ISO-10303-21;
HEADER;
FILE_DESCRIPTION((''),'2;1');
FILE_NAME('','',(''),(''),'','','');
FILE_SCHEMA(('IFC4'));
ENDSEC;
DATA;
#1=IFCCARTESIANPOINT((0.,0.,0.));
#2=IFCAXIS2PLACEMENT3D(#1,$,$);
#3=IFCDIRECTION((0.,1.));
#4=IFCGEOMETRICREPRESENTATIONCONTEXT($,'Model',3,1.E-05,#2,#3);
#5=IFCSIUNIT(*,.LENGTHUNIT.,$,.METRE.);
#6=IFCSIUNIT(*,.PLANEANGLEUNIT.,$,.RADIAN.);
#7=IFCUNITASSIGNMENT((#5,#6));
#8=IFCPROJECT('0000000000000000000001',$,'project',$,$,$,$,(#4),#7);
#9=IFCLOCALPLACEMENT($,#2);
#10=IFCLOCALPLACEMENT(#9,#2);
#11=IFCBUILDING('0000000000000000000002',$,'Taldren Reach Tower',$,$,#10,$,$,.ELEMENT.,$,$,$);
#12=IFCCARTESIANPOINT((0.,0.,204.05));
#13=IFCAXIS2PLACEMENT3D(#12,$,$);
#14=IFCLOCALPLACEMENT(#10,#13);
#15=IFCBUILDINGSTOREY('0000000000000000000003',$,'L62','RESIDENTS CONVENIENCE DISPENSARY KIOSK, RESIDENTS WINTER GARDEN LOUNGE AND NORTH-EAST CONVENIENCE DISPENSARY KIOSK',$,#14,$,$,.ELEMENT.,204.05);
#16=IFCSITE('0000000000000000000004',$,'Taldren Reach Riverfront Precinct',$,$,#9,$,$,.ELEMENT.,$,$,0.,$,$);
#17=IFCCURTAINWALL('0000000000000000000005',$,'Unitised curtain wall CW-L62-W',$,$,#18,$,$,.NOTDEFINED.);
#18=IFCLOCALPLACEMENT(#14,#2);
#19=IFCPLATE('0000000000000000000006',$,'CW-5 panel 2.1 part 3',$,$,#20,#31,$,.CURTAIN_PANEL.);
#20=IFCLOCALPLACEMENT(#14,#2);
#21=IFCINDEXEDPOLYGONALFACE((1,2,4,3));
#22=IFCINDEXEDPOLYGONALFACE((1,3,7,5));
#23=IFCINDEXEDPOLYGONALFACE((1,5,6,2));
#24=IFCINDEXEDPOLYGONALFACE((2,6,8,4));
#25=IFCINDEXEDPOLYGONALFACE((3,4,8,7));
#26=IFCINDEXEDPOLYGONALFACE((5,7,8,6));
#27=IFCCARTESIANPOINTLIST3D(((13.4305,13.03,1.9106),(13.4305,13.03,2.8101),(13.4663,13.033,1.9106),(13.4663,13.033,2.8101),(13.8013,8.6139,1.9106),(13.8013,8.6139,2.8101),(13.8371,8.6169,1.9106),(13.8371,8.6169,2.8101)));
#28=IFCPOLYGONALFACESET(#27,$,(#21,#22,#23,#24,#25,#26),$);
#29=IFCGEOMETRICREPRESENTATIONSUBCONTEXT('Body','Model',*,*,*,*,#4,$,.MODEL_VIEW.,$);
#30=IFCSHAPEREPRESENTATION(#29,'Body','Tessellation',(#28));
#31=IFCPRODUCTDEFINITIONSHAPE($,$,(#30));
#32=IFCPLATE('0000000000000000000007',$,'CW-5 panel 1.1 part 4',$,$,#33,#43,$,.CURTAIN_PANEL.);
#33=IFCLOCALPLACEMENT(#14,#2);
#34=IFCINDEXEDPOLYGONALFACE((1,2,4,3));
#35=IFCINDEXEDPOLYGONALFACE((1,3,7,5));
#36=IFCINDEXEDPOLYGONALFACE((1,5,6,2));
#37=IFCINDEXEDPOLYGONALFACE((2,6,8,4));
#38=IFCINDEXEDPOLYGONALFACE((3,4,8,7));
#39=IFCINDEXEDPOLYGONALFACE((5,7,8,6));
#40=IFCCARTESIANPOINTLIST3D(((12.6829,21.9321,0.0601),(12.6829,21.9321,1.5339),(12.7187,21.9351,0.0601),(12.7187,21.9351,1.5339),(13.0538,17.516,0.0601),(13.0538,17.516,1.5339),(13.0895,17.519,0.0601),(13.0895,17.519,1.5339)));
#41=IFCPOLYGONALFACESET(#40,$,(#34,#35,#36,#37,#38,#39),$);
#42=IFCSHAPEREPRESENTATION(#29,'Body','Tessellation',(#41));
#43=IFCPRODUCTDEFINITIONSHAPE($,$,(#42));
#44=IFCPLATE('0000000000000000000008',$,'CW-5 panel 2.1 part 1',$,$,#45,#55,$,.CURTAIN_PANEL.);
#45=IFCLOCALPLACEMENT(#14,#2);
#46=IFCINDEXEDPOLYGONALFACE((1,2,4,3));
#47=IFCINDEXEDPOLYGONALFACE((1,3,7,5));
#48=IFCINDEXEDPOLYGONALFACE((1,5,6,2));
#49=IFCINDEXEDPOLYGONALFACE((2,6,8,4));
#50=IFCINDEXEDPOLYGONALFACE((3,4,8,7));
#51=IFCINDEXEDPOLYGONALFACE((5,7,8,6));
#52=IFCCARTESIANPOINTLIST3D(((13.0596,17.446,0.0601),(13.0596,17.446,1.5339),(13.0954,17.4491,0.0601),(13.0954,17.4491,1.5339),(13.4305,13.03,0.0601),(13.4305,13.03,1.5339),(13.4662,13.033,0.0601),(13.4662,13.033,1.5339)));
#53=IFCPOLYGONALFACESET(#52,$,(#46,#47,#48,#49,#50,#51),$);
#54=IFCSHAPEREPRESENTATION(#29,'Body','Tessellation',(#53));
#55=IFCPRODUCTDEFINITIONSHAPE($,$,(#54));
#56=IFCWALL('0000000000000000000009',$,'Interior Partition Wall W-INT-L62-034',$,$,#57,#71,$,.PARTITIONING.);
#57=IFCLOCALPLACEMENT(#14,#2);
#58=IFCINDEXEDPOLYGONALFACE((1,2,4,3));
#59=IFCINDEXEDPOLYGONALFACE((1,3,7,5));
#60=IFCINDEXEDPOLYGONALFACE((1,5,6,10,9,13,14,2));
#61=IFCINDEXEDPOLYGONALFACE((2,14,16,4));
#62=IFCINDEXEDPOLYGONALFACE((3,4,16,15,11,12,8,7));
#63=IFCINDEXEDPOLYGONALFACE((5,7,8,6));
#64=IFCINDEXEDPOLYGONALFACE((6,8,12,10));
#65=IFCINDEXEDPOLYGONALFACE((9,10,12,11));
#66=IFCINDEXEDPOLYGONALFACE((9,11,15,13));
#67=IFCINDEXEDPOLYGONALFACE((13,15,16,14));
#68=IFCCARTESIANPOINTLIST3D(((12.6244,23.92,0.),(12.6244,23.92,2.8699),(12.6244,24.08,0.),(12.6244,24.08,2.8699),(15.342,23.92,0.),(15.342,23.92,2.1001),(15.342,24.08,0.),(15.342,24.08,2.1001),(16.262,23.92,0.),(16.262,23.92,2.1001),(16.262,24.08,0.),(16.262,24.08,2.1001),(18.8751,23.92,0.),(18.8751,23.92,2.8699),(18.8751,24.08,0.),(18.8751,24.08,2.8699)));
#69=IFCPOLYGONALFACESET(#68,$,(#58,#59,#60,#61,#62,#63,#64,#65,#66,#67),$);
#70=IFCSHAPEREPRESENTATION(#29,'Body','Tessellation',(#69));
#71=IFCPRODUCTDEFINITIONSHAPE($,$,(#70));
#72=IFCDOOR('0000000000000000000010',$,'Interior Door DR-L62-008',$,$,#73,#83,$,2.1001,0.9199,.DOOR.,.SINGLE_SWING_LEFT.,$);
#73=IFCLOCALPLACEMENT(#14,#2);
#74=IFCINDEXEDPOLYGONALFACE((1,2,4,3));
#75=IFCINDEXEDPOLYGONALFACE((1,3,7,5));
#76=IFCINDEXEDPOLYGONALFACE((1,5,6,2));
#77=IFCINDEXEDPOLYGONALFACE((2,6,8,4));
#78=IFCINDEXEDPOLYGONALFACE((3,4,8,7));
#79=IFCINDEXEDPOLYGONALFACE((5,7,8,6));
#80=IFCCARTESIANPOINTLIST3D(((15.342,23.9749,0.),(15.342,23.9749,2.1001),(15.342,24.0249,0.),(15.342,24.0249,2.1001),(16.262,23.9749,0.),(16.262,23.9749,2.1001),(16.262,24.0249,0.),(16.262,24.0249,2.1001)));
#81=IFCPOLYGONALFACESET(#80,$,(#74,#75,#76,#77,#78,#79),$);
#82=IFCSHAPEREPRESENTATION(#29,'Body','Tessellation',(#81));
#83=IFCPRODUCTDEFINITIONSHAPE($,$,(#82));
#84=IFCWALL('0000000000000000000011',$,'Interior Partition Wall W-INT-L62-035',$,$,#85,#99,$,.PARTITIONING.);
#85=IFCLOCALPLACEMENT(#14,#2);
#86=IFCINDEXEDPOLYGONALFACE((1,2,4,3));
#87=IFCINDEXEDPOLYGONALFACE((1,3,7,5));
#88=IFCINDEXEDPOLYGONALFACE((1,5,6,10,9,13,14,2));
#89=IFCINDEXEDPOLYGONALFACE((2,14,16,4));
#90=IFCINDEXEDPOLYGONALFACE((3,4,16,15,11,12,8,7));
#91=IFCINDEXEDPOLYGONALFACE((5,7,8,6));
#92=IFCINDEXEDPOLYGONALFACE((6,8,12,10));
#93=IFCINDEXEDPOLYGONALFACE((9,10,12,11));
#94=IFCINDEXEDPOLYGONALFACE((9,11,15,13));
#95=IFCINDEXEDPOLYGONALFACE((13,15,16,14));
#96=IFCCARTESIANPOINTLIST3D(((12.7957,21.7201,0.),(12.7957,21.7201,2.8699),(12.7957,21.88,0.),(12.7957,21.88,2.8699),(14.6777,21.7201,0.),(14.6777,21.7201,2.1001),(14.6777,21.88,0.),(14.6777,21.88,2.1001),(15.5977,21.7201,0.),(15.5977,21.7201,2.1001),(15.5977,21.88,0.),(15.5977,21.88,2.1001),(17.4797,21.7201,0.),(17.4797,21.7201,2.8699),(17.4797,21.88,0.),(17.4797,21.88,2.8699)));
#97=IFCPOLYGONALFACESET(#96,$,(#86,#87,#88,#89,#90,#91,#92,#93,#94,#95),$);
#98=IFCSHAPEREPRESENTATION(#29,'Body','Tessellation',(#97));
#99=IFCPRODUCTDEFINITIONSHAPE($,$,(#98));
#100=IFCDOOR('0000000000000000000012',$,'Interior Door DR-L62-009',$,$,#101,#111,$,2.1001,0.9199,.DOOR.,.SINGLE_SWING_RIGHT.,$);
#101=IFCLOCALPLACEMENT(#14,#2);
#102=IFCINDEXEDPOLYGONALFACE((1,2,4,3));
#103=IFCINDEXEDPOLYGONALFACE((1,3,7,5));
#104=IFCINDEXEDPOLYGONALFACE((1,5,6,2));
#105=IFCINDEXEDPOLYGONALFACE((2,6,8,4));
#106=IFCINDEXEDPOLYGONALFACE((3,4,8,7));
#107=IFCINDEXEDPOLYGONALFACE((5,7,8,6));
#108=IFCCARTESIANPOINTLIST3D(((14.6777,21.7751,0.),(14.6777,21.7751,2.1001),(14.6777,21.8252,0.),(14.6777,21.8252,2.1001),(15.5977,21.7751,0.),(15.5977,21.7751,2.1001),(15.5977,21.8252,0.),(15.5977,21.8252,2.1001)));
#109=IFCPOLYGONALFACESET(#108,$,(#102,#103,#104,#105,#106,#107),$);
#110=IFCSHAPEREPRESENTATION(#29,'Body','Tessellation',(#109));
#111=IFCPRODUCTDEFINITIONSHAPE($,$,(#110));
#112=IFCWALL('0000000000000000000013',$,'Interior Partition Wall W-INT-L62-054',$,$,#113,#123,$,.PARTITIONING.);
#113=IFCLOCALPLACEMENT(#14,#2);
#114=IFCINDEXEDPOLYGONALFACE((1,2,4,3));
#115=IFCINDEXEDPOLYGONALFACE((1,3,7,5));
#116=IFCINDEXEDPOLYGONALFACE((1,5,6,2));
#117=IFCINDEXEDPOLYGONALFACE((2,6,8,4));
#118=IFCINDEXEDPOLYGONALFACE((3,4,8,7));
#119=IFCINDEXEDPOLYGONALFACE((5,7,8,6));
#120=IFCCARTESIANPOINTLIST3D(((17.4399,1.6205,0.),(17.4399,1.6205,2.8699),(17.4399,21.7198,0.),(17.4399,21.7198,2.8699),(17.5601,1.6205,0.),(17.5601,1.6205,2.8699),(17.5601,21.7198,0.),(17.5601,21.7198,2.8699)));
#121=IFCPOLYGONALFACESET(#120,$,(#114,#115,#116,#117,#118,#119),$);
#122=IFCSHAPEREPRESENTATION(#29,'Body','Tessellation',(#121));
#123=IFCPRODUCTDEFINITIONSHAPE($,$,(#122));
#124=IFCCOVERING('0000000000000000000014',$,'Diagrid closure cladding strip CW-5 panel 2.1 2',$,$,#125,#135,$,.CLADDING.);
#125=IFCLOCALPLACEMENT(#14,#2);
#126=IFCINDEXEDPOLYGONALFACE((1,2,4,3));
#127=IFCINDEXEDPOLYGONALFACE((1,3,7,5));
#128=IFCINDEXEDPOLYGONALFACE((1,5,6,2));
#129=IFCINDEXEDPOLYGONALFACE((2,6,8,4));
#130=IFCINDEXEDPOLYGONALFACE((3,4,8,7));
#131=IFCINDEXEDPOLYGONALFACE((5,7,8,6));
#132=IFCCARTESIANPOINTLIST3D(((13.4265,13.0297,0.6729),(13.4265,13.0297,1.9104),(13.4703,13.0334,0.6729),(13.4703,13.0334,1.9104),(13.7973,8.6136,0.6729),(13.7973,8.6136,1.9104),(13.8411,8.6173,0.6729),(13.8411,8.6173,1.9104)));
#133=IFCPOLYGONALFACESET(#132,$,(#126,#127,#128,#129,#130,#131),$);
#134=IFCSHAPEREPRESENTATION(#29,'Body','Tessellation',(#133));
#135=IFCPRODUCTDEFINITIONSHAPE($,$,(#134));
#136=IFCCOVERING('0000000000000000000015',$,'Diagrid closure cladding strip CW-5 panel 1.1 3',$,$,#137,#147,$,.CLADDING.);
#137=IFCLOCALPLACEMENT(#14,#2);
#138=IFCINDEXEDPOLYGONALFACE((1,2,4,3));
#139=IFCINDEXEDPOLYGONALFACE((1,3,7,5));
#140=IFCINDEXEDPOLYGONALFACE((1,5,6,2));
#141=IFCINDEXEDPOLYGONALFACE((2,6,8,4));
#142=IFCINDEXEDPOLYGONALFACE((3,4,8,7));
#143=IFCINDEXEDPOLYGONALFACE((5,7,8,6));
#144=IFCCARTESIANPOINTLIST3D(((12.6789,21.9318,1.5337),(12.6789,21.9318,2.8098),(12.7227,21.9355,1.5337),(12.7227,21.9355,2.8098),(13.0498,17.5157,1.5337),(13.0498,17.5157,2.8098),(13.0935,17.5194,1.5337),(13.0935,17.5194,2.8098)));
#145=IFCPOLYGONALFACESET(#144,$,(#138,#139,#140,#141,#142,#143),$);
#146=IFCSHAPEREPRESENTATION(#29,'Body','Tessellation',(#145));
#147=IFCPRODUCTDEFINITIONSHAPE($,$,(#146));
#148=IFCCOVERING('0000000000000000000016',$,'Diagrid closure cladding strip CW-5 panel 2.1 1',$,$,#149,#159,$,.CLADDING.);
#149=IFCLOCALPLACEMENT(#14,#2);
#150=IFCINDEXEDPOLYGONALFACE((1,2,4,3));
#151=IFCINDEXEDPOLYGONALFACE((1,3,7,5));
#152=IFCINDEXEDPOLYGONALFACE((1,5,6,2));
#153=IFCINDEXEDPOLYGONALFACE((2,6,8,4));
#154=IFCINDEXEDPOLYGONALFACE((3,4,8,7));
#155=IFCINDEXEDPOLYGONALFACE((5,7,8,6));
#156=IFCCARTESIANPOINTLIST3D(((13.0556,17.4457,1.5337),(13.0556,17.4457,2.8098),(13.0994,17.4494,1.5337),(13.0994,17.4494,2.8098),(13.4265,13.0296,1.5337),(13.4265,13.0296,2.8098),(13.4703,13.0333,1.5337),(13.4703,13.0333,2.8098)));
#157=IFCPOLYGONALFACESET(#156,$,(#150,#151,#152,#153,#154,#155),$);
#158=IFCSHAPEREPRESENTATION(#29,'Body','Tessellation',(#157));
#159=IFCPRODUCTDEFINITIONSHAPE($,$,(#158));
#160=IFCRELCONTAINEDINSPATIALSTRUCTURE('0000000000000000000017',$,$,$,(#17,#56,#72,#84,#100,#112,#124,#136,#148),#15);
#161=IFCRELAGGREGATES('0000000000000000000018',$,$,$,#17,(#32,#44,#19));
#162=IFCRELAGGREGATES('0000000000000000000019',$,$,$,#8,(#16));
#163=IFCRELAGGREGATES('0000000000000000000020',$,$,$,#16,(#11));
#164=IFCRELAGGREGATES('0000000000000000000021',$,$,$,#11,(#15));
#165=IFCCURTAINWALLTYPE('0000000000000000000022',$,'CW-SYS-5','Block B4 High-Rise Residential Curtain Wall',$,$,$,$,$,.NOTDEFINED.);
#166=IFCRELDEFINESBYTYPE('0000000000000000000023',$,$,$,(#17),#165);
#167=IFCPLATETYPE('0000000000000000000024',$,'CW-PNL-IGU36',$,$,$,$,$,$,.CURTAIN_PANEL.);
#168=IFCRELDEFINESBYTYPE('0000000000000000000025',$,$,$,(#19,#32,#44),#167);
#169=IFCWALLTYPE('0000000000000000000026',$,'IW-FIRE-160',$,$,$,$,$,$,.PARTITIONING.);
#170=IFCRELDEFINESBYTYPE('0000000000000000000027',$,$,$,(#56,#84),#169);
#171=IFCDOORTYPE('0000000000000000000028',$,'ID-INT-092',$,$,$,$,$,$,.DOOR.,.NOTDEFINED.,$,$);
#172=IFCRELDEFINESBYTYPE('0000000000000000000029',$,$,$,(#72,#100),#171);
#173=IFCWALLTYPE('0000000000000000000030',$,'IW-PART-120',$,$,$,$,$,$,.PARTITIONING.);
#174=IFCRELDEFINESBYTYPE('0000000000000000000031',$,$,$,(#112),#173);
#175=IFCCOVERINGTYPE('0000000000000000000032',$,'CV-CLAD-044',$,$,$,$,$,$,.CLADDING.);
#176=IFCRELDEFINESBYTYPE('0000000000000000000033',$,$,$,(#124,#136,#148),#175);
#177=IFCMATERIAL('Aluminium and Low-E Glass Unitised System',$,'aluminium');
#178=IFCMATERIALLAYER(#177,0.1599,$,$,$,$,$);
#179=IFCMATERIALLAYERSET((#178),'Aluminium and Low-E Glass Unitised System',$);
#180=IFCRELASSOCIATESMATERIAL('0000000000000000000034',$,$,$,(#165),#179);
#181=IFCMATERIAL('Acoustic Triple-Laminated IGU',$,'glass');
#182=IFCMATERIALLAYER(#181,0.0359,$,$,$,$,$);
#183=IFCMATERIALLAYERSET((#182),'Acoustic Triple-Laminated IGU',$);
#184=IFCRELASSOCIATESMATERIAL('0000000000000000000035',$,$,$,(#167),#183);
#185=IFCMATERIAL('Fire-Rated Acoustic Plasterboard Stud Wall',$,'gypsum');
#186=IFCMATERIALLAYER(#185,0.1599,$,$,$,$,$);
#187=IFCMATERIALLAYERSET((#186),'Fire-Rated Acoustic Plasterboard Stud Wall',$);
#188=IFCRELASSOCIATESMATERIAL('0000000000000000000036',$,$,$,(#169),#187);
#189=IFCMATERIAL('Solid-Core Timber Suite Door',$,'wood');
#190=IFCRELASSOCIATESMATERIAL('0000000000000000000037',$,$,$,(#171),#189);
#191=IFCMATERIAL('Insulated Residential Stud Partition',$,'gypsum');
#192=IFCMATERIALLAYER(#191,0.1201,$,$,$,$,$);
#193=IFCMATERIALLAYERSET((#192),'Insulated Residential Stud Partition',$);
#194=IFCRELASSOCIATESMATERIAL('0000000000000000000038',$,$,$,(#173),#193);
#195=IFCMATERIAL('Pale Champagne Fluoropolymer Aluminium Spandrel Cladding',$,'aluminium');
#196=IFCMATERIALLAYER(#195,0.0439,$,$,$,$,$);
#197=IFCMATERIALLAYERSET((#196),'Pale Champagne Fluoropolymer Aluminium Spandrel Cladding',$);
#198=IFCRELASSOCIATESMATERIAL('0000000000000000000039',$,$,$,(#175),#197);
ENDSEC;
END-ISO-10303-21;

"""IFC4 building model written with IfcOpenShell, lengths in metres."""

from ifc_helpers import new_model, si_unit, direction, frame, frame_2d, origin, origin_2d, place, context, subcontext, project, spatial, rectangle, extrude, source, transform, mapped, material, layer, layer_set, type_object, element, fill, aggregate, save


model = new_model("IFC4")

# Units and contexts
model_context = context("Model", 3, precision=1e-05, world=origin(), true_north=direction((0.0, 1.0)))
body_context = subcontext(model_context, "Body", "Model", "MODEL_VIEW")
ifc_project = project(units=[si_unit("LENGTHUNIT", "METRE"), si_unit("PLANEANGLEUNIT", "RADIAN")], contexts=[model_context])

# Site, building, storey
site_placement = place(None, origin())
site = spatial("IfcSite", under=ifc_project, at=site_placement, Name="Taldren Reach Riverfront Precinct", CompositionType="ELEMENT", RefElevation=0.0)
building_placement = place(site_placement, origin())
building = spatial("IfcBuilding", under=site, at=building_placement, Name="Taldren Reach Tower", CompositionType="ELEMENT")
storey_placement = place(building_placement, frame((0.0, 0.0, 204.05)))
storey = spatial("IfcBuildingStorey", under=building, at=storey_placement, Name="L62", Description="RESIDENTS CONVENIENCE DISPENSARY KIOSK, RESIDENTS WINTER GARDEN LOUNGE AND NORTH-EAST CONVENIENCE DISPENSARY KIOSK", CompositionType="ELEMENT", Elevation=204.05)

# Curtain wall
ifc_material_1 = material(Name="Aluminium and Low-E Glass Unitised System", Category="aluminium")
ifc_layer_1 = layer(ifc_material_1, 0.1599)
ifc_layer_set_1 = layer_set([ifc_layer_1], Name="Aluminium and Low-E Glass Unitised System")
curtain_wall_type = type_object("IfcCurtainWallType", Name="CW-SYS-5", Description="Block B4 High-Rise Residential Curtain Wall", PredefinedType="NOTDEFINED", material=ifc_layer_set_1)
curtain_wall_placement = place(storey_placement, origin())
curtain_wall = element("IfcCurtainWall", 1, at=curtain_wall_placement, inside=storey, type_object=curtain_wall_type, Name="Unitised curtain wall CW-L62-W", PredefinedType="NOTDEFINED")

# Plates
ifc_material_2 = material(Name="Acoustic Triple-Laminated IGU", Category="glass")
ifc_layer_2 = layer(ifc_material_2, 0.0359)
ifc_layer_set_2 = layer_set([ifc_layer_2], Name="Acoustic Triple-Laminated IGU")
plate_type_1 = type_object("IfcPlateType", Name="CW-PNL-IGU36", PredefinedType="CURTAIN_PANEL", material=ifc_layer_set_2)
shared_shape_1 = source(origin(), body_context, "Body", "SweptSolid", [
    extrude(rectangle(XDim=4.4316, YDim=0.0359, at=origin_2d()), origin(), (0.0, 0.0, 1.0), 0.8994),
])
plate_1_placement = place(storey_placement, frame((13.6338, 10.8235, 1.9106), z_axis=(0.0, 0.0, 1.0), x_axis=(0.083678, -0.996493, 0.0)))
plate_1 = element("IfcPlate", 2, at=plate_1_placement, type_object=plate_type_1, Name="CW-5 panel 2.1 part 3", PredefinedType="CURTAIN_PANEL", context=body_context, shape_type="MappedRepresentation", body=[
    mapped(shared_shape_1, transform((0.0, 0.0, 0.0), scale=1.0)),
])
shared_shape_2 = source(origin(), body_context, "Body", "SweptSolid", [
    extrude(rectangle(XDim=4.4316, YDim=0.0359, at=origin_2d()), origin(), (0.0, 0.0, 1.0), 1.4739),
])
plate_2_placement = place(storey_placement, frame((12.8862, 19.7256, 0.0601), z_axis=(0.0, 0.0, 1.0), x_axis=(0.083678, -0.996493, 0.0)))
plate_2 = element("IfcPlate", 3, at=plate_2_placement, type_object=plate_type_1, Name="CW-5 panel 1.1 part 4", PredefinedType="CURTAIN_PANEL", context=body_context, shape_type="MappedRepresentation", body=[
    mapped(shared_shape_2, transform((0.0, 0.0, 0.0), scale=1.0)),
])
plate_3_placement = place(storey_placement, frame((13.2629, 15.2395, 0.0601), z_axis=(0.0, 0.0, 1.0), x_axis=(0.083678, -0.996493, 0.0)))
plate_3 = element("IfcPlate", 4, at=plate_3_placement, type_object=plate_type_1, Name="CW-5 panel 2.1 part 1", PredefinedType="CURTAIN_PANEL", context=body_context, shape_type="MappedRepresentation", body=[
    mapped(shared_shape_2, transform((0.0, 0.0, 0.0), scale=1.0)),
])
aggregate(curtain_wall, [plate_2, plate_3, plate_1])

# Walls, openings, doors
ifc_material_3 = material(Name="Fire-Rated Acoustic Plasterboard Stud Wall", Category="gypsum")
ifc_layer_3 = layer(ifc_material_3, 0.1599)
ifc_layer_set_3 = layer_set([ifc_layer_3], Name="Fire-Rated Acoustic Plasterboard Stud Wall")
wall_type_1 = type_object("IfcWallType", Name="IW-FIRE-160", PredefinedType="PARTITIONING", material=ifc_layer_set_3)
shared_shape_3 = source(origin(), body_context, "Body", "SweptSolid", [
    extrude(rectangle(XDim=6.2507, YDim=0.1599, at=frame_2d((3.1255, 0.0))), origin(), (0.0, 0.0, 1.0), 2.8699),
])
wall_1_placement = place(storey_placement, frame((12.6243, 24.0, 0.0), z_axis=(0.0, 0.0, 1.0), x_axis=(1.0, 0.0, 0.0)))
wall_1 = element("IfcWall", 5, at=wall_1_placement, inside=storey, type_object=wall_type_1, Name="Interior Partition Wall W-INT-L62-034", PredefinedType="PARTITIONING", context=body_context, shape_type="MappedRepresentation", body=[
    mapped(shared_shape_3, transform((0.0, 0.0, 0.0), scale=1.0)),
])
shared_shape_4 = source(origin(), body_context, "Body", "SweptSolid", [
    extrude(rectangle(XDim=0.9199, YDim=2.1001, at=frame_2d((0.46, 1.05))), frame((0.0, 0.0898, 0.0), z_axis=(0.0, -1.0, 0.0), x_axis=(1.0, 0.0, 0.0)), (0.0, 0.0, 1.0), 0.1799),
])
opening_1_placement = place(wall_1_placement, frame((2.7178, 0.0, 0.0)))
opening_1 = element("IfcOpeningElement", 6, at=opening_1_placement, cuts=wall_1, PredefinedType="OPENING", context=body_context, shape_type="MappedRepresentation", body=[
    mapped(shared_shape_4, transform((0.0, 0.0, 0.0), scale=1.0)),
])
ifc_material_4 = material(Name="Solid-Core Timber Suite Door", Category="wood")
door_type = type_object("IfcDoorType", Name="ID-INT-092", OperationType="NOTDEFINED", PredefinedType="DOOR", material=ifc_material_4)
shared_shape_5 = source(origin(), body_context, "Body", "SweptSolid", [
    extrude(rectangle(XDim=0.9199, YDim=2.1001, at=frame_2d((0.46, 1.05))), frame((0.0, 0.0249, 0.0), z_axis=(0.0, -1.0, 0.0), x_axis=(1.0, 0.0, 0.0)), (0.0, 0.0, 1.0), 0.05),
])
door_1_placement = place(opening_1_placement, origin())
door_1 = element("IfcDoor", 7, at=door_1_placement, inside=storey, type_object=door_type, Name="Interior Door DR-L62-008", OperationType="SINGLE_SWING_LEFT", OverallHeight=2.1001, OverallWidth=0.9199, PredefinedType="DOOR", context=body_context, shape_type="MappedRepresentation", body=[
    mapped(shared_shape_5, transform((0.0, 0.0, 0.0), scale=1.0)),
])
fill(opening_1, door_1)
shared_shape_6 = source(origin(), body_context, "Body", "SweptSolid", [
    extrude(rectangle(XDim=4.6841, YDim=0.1599, at=frame_2d((2.342, 0.0))), origin(), (0.0, 0.0, 1.0), 2.8699),
])
wall_2_placement = place(storey_placement, frame((17.4797, 21.8, 0.0), z_axis=(0.0, 0.0, 1.0), x_axis=(-1.0, 0.0, 0.0)))
wall_2 = element("IfcWall", 8, at=wall_2_placement, inside=storey, type_object=wall_type_1, Name="Interior Partition Wall W-INT-L62-035", PredefinedType="PARTITIONING", context=body_context, shape_type="MappedRepresentation", body=[
    mapped(shared_shape_6, transform((0.0, 0.0, 0.0), scale=1.0)),
])
opening_2_placement = place(wall_2_placement, frame((1.8821, 0.0, 0.0)))
opening_2 = element("IfcOpeningElement", 9, at=opening_2_placement, cuts=wall_2, PredefinedType="OPENING", context=body_context, shape_type="MappedRepresentation", body=[
    mapped(shared_shape_4, transform((0.0, 0.0, 0.0), scale=1.0)),
])
door_2_placement = place(opening_2_placement, origin())
door_2 = element("IfcDoor", 10, at=door_2_placement, inside=storey, type_object=door_type, Name="Interior Door DR-L62-009", OperationType="SINGLE_SWING_RIGHT", OverallHeight=2.1001, OverallWidth=0.9199, PredefinedType="DOOR", context=body_context, shape_type="MappedRepresentation", body=[
    mapped(shared_shape_5, transform((0.0, 0.0, 0.0), scale=1.0)),
])
fill(opening_2, door_2)

# Wall
ifc_material_5 = material(Name="Insulated Residential Stud Partition", Category="gypsum")
ifc_layer_4 = layer(ifc_material_5, 0.1201)
ifc_layer_set_4 = layer_set([ifc_layer_4], Name="Insulated Residential Stud Partition")
wall_type_2 = type_object("IfcWallType", Name="IW-PART-120", PredefinedType="PARTITIONING", material=ifc_layer_set_4)
shared_shape_7 = source(origin(), body_context, "Body", "SweptSolid", [
    extrude(rectangle(XDim=20.0994, YDim=0.1201, at=frame_2d((10.0498, 0.0))), origin(), (0.0, 0.0, 1.0), 2.8699),
])
wall_3_placement = place(storey_placement, frame((17.5, 21.72, 0.0), z_axis=(0.0, 0.0, 1.0), x_axis=(0.0, -1.0, 0.0)))
element("IfcWall", 11, at=wall_3_placement, inside=storey, type_object=wall_type_2, Name="Interior Partition Wall W-INT-L62-054", PredefinedType="PARTITIONING", context=body_context, shape_type="MappedRepresentation", body=[
    mapped(shared_shape_7, transform((0.0, 0.0, 0.0), scale=1.0)),
])

# Coverings
ifc_material_6 = material(Name="Pale Champagne Fluoropolymer Aluminium Spandrel Cladding", Category="aluminium")
ifc_layer_5 = layer(ifc_material_6, 0.0439)
ifc_layer_set_5 = layer_set([ifc_layer_5], Name="Pale Champagne Fluoropolymer Aluminium Spandrel Cladding")
covering_type = type_object("IfcCoveringType", Name="CV-CLAD-044", PredefinedType="CLADDING", material=ifc_layer_set_5)
shared_shape_8 = source(origin(), body_context, "Body", "SweptSolid", [
    extrude(rectangle(XDim=4.4316, YDim=0.0439, at=origin_2d()), origin(), (0.0, 0.0, 1.0), 1.2375),
])
covering_placement = place(storey_placement, frame((13.6338, 10.8235, 0.6729), z_axis=(0.0, 0.0, 1.0), x_axis=(0.083678, -0.996493, 0.0)))
element("IfcCovering", 12, at=covering_placement, inside=storey, type_object=covering_type, Name="Diagrid closure cladding strip CW-5 panel 2.1 2", PredefinedType="CLADDING", context=body_context, shape_type="MappedRepresentation", body=[
    mapped(shared_shape_8, transform((0.0, 0.0, 0.0), scale=1.0)),
])
shared_shape_9 = source(origin(), body_context, "Body", "SweptSolid", [
    extrude(rectangle(XDim=4.4316, YDim=0.0439, at=origin_2d()), origin(), (0.0, 0.0, 1.0), 1.2761),
])
for number, where, z_axis, x_axis, name in (
    (13, (12.8862, 19.7256, 1.5337), (0.0, 0.0, 1.0), (0.083678, -0.996493, 0.0), "Diagrid closure cladding strip CW-5 panel 1.1 3"),
    (14, (13.2629, 15.2395, 1.5337), (0.0, 0.0, 1.0), (0.083678, -0.996493, 0.0), "Diagrid closure cladding strip CW-5 panel 2.1 1"),
):
    element("IfcCovering", number, at=place(storey_placement, frame(where, z_axis=z_axis, x_axis=x_axis)), inside=storey, type_object=covering_type, Name=name, PredefinedType="CLADDING", context=body_context, shape_type="MappedRepresentation", body=[
        mapped(shared_shape_9, transform((0.0, 0.0, 0.0), scale=1.0)),
    ])

save(model, "model.ifc")
